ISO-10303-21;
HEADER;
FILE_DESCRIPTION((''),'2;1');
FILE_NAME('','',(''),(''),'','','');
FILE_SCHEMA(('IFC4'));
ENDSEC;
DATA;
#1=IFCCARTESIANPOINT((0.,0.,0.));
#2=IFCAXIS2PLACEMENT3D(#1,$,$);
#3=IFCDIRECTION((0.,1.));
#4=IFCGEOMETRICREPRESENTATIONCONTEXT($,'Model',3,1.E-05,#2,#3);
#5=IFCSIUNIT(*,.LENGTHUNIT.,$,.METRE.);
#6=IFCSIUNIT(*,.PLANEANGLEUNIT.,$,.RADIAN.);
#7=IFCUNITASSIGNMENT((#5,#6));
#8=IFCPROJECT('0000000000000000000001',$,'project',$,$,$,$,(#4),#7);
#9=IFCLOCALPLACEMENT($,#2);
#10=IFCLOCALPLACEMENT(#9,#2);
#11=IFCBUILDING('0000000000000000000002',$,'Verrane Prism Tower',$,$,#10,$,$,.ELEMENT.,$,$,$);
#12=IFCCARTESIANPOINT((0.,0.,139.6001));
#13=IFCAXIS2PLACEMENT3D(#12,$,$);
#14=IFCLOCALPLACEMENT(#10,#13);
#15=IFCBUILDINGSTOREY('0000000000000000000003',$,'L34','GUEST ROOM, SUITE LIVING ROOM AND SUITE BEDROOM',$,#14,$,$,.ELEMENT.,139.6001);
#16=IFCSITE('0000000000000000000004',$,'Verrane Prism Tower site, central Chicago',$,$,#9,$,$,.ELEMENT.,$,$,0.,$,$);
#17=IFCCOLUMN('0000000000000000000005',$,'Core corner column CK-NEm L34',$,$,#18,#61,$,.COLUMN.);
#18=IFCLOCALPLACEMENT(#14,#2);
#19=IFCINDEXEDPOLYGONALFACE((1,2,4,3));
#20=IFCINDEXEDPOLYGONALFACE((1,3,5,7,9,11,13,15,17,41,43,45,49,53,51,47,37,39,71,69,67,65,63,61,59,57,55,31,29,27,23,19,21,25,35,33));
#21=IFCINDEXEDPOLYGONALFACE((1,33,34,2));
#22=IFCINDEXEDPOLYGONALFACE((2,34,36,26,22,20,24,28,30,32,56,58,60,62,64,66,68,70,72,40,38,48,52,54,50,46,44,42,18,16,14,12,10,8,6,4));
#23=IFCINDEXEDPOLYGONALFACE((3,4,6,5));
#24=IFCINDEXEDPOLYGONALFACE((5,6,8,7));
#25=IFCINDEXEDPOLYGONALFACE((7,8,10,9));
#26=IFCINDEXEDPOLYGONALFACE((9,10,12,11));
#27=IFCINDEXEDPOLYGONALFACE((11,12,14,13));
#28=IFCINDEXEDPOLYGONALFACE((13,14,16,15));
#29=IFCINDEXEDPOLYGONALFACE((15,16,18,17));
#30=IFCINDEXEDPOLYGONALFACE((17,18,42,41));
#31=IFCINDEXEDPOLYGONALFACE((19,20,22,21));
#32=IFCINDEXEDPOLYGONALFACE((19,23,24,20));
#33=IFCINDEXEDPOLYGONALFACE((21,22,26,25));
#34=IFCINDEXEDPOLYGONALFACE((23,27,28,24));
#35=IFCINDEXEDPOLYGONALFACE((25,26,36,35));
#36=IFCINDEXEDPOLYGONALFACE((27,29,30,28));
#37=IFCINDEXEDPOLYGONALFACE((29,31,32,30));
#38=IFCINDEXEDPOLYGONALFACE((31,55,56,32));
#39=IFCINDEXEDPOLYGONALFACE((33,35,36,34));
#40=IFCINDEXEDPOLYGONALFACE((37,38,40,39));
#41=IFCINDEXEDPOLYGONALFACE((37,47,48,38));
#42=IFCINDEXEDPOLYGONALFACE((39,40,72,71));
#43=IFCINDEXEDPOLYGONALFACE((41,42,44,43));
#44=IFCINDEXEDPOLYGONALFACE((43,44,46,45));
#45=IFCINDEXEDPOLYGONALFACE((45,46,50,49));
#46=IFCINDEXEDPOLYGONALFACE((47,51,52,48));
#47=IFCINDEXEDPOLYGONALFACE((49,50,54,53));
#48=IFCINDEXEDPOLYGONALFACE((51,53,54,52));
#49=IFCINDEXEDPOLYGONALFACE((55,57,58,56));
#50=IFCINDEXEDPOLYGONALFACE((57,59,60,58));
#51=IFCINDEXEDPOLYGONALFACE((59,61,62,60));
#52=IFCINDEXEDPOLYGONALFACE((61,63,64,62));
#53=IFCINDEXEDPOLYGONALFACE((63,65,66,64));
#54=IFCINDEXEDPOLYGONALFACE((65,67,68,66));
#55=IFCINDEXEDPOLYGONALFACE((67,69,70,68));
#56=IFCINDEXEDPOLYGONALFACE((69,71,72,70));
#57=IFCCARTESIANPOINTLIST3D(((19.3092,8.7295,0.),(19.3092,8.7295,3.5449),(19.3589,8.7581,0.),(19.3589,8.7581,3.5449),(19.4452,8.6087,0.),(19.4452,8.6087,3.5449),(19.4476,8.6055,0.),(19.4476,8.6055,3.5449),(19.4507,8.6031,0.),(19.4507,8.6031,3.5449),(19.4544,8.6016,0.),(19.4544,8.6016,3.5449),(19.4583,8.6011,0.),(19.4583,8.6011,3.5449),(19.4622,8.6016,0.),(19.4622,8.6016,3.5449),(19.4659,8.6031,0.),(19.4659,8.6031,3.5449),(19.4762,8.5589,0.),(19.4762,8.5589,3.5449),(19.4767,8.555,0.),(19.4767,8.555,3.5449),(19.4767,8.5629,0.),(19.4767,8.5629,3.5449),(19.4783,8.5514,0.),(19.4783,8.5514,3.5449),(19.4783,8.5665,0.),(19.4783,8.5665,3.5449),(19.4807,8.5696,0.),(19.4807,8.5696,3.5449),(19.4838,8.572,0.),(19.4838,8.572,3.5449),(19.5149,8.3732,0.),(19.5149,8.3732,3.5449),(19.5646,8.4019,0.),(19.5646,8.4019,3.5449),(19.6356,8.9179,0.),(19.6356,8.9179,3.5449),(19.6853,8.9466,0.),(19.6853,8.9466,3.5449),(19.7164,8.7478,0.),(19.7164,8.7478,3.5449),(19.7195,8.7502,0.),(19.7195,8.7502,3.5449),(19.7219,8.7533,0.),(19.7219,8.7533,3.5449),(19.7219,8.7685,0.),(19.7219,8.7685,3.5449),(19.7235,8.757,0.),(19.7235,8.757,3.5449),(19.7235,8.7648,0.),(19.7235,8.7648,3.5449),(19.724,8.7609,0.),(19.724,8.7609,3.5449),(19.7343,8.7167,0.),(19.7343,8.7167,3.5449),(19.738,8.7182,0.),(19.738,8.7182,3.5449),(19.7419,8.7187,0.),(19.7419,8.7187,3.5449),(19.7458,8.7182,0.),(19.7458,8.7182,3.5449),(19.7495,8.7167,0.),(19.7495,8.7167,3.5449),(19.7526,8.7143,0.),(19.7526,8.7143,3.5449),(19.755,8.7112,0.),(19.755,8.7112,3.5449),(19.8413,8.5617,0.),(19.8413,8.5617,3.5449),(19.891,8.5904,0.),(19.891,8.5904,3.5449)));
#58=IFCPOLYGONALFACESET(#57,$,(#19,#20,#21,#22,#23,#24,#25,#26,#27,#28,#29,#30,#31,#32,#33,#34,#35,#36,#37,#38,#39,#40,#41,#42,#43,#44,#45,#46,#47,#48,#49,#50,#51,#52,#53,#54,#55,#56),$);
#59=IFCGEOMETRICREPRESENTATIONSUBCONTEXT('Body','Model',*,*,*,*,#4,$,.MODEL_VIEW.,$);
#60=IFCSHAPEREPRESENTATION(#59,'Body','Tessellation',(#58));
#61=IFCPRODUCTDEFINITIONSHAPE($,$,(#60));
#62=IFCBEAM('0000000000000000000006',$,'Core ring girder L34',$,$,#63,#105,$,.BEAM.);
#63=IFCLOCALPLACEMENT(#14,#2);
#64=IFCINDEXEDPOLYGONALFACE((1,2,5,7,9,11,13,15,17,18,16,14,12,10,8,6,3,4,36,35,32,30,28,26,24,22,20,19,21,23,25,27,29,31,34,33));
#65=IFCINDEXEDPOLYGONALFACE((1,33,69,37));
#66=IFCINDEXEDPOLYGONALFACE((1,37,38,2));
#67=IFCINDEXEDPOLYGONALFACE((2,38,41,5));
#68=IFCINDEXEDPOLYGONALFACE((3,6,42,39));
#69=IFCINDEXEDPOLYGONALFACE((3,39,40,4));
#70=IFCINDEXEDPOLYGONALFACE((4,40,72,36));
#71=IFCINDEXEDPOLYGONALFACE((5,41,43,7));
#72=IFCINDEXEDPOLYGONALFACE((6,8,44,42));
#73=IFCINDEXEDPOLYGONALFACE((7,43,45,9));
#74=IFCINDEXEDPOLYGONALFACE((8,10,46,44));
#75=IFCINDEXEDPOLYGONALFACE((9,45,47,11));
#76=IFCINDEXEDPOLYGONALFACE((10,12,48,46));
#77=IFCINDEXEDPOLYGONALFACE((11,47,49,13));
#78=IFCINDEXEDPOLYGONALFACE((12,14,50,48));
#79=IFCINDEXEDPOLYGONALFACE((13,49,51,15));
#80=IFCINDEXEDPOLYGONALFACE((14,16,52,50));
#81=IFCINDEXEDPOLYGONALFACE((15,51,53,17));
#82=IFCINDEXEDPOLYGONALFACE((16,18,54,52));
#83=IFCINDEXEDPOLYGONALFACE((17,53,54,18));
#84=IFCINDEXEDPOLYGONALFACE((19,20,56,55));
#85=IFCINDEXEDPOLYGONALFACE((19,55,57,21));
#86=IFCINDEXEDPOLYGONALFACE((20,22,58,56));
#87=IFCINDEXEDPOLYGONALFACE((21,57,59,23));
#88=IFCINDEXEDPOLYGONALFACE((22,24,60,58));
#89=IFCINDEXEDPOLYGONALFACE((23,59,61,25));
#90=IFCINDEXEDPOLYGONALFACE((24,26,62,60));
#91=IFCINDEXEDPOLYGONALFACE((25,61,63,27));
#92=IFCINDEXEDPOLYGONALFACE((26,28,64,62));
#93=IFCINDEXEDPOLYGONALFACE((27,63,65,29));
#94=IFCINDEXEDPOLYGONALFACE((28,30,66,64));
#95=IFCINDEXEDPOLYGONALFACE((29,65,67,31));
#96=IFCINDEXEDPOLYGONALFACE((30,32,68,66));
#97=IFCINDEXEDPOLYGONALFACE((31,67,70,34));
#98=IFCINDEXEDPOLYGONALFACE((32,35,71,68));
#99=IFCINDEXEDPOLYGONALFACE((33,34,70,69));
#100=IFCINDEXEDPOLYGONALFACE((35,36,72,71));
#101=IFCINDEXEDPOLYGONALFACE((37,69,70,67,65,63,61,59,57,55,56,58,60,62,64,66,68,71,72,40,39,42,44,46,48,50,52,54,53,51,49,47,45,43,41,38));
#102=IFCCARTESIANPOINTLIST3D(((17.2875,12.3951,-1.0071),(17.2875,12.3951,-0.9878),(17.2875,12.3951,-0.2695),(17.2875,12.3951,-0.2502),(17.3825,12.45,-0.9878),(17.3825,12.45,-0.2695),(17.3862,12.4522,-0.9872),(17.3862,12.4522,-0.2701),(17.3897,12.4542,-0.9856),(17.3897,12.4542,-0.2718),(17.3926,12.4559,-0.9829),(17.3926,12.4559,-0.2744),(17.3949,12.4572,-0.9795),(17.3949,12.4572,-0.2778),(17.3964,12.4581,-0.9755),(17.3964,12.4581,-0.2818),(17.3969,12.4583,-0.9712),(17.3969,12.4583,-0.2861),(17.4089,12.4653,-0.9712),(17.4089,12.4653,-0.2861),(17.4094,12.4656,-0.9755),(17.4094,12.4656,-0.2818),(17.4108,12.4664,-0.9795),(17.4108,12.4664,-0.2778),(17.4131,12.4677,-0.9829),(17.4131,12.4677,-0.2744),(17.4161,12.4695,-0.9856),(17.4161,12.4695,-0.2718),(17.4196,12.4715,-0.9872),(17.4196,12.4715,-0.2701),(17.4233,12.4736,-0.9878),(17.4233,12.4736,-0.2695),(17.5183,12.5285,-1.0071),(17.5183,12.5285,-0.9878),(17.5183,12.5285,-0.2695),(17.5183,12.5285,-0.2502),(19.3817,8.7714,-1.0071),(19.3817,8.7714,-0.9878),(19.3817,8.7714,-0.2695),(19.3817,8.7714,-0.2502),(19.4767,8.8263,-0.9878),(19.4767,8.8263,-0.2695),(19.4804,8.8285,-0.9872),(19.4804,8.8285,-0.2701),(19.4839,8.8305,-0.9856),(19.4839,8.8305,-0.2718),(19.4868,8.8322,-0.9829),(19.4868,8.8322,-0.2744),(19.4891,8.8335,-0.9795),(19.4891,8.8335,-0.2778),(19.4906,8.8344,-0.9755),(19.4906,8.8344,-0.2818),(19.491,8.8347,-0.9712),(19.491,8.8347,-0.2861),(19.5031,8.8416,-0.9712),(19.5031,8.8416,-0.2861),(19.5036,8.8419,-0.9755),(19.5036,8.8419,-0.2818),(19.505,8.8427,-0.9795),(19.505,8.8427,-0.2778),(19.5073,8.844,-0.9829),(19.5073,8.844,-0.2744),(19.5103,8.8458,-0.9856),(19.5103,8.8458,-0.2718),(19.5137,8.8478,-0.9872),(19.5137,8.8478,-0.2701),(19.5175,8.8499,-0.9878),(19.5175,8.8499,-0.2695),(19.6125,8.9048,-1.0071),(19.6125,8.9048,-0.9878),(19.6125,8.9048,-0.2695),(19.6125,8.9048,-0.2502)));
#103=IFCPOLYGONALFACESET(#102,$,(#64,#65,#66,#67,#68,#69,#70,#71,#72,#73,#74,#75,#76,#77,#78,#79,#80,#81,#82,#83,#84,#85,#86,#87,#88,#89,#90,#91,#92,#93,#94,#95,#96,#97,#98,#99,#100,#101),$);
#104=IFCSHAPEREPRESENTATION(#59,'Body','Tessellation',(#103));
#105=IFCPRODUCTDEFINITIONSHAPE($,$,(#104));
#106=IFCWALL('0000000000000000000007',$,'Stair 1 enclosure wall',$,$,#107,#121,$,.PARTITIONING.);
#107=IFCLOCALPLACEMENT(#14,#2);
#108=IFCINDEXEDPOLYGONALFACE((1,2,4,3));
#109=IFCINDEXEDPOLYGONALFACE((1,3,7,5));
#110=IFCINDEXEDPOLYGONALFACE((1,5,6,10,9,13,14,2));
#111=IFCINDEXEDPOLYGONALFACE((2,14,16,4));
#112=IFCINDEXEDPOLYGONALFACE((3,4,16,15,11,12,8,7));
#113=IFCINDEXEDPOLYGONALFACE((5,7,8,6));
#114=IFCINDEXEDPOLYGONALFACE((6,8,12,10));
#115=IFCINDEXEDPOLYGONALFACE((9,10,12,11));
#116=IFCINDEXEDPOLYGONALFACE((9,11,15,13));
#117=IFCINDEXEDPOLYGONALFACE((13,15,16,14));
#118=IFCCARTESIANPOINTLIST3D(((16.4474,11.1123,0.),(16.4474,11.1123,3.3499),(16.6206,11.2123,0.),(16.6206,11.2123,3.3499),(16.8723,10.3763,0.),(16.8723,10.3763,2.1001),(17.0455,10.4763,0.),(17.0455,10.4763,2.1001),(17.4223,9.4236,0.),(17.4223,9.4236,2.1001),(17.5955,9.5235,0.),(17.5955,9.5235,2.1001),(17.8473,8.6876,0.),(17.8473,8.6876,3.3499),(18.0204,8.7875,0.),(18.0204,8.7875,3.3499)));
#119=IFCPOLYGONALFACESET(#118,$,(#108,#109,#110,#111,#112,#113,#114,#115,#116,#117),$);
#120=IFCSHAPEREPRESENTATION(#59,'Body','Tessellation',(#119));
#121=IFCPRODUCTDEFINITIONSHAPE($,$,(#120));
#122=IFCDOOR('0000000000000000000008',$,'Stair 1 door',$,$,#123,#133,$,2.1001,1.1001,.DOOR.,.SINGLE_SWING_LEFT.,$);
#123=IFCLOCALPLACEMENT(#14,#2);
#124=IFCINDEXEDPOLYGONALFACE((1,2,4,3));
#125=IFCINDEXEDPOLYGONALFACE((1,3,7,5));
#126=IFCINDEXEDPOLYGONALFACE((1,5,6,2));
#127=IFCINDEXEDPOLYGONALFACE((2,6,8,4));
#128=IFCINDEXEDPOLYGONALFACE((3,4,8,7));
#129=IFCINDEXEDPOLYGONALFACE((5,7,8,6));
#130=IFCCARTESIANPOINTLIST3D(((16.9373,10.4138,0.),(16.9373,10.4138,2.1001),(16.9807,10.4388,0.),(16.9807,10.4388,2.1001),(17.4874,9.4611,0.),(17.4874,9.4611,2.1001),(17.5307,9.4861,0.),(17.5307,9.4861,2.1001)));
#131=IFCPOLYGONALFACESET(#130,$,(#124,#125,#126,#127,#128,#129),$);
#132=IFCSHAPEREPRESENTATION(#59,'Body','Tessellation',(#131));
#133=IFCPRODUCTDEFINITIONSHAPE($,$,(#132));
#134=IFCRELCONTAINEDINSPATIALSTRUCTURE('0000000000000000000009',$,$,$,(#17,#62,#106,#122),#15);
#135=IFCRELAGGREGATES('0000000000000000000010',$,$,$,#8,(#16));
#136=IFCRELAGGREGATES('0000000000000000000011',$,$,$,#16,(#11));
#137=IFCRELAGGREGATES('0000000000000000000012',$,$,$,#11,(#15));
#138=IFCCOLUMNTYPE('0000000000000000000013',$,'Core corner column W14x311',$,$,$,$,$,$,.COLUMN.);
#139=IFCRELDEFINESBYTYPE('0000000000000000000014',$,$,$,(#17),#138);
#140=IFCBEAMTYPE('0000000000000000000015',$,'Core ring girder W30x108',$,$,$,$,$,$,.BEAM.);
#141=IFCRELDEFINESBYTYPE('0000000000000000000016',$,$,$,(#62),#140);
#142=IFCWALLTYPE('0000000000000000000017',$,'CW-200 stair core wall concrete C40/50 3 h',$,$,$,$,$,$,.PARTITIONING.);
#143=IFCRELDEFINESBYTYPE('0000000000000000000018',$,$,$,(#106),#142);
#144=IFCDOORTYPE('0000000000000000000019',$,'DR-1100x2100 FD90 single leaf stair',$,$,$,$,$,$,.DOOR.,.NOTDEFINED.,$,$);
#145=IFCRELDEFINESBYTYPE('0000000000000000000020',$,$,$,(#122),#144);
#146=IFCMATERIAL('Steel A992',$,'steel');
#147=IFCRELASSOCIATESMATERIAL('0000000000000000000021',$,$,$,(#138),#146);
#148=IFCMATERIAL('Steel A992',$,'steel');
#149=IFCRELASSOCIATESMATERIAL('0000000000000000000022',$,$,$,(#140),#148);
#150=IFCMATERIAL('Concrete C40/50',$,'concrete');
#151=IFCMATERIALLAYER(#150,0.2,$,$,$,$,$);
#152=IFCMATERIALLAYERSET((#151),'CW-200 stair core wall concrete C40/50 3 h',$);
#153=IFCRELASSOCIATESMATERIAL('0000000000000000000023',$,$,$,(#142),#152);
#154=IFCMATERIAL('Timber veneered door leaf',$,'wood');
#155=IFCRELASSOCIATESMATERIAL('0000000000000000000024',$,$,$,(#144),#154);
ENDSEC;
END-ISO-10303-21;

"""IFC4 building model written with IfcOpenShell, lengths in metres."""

from ifc_helpers import new_model, si_unit, direction, frame, frame_2d, origin, origin_2d, place, context, subcontext, project, spatial, rectangle, i_section, extrude, material, layer, layer_set, material_profile, profile_set, type_object, element, fill, save


model = new_model("IFC4")

# Units and contexts
model_context = context("Model", 3, precision=1e-05, world=origin(), true_north=direction((0.0, 1.0)))
body_context = subcontext(model_context, "Body", "Model", "MODEL_VIEW")
ifc_project = project(units=[si_unit("LENGTHUNIT", "METRE"), si_unit("PLANEANGLEUNIT", "RADIAN")], contexts=[model_context])

# Site, building, storey
site_placement = place(None, origin())
site = spatial("IfcSite", under=ifc_project, at=site_placement, Name="Verrane Prism Tower site, central Chicago", CompositionType="ELEMENT", RefElevation=0.0)
building_placement = place(site_placement, origin())
building = spatial("IfcBuilding", under=site, at=building_placement, Name="Verrane Prism Tower", CompositionType="ELEMENT")
storey_placement = place(building_placement, frame((0.0, 0.0, 139.6001)))
storey = spatial("IfcBuildingStorey", under=building, at=storey_placement, Name="L34", Description="GUEST ROOM, SUITE LIVING ROOM AND SUITE BEDROOM", CompositionType="ELEMENT", Elevation=139.6001)

# Column
ifc_material_1 = material(Name="Steel A992", Category="steel")
ifc_material_profile_1 = material_profile(ifc_material_1, i_section(OverallWidth=0.4114, OverallDepth=0.4343, WebThickness=0.0359, FlangeThickness=0.0574, FilletRadius=0.0151, at=origin_2d()), Name="W14x311")
ifc_profile_set_1 = profile_set([ifc_material_profile_1], Name="Steel A992")
column_type = type_object("IfcColumnType", Name="Core corner column W14x311", PredefinedType="COLUMN", material=ifc_profile_set_1)
column_placement = place(storey_placement, frame((19.6001, 8.6599, 0.0), z_axis=(0.0, 0.0, 1.0), x_axis=(0.5, -0.866025, 0.0)))
element("IfcColumn", 1, at=column_placement, inside=storey, type_object=column_type, Name="Core corner column CK-NEm L34", PredefinedType="COLUMN", context=body_context, shape_type="SweptSolid", body=[
    extrude(i_section(OverallWidth=0.4114, OverallDepth=0.4343, WebThickness=0.0359, FlangeThickness=0.0574, FilletRadius=0.0151, at=origin_2d()), origin(), (0.0, 0.0, 1.0), 3.5449),
])

# Beam
ifc_material_2 = material(Name="Steel A992", Category="steel")
ifc_material_profile_2 = material_profile(ifc_material_2, i_section(OverallWidth=0.2666, OverallDepth=0.7568, WebThickness=0.0139, FlangeThickness=0.0193, FilletRadius=0.0166, at=origin_2d()), Name="W30x108")
ifc_profile_set_2 = profile_set([ifc_material_profile_2], Name="Steel A992")
beam_type = type_object("IfcBeamType", Name="Core ring girder W30x108", PredefinedType="BEAM", material=ifc_profile_set_2)
beam_placement = place(storey_placement, frame((19.4971, 8.8381, -0.6287), z_axis=(-0.500367, 0.865813, 0.0), x_axis=(-0.865813, -0.500367, 0.0)))
element("IfcBeam", 2, at=beam_placement, inside=storey, type_object=beam_type, Name="Core ring girder L34", PredefinedType="BEAM", context=body_context, shape_type="SweptSolid", body=[
    extrude(i_section(OverallWidth=0.2666, OverallDepth=0.7568, WebThickness=0.0139, FlangeThickness=0.0193, FilletRadius=0.0166, at=origin_2d()), origin(), (0.0, 0.0, 1.0), 4.1853),
])

# Wall, opening, door
ifc_material_3 = material(Name="Concrete C40/50", Category="concrete")
ifc_layer_1 = layer(ifc_material_3, 0.2)
ifc_layer_set_1 = layer_set([ifc_layer_1], Name="CW-200 stair core wall concrete C40/50 3 h")
wall_type_1 = type_object("IfcWallType", Name="CW-200 stair core wall concrete C40/50 3 h", PredefinedType="PARTITIONING", material=ifc_layer_set_1)
wall_1_placement = place(storey_placement, frame((17.9338, 8.7375, 0.0), z_axis=(0.0, 0.0, 1.0), x_axis=(-0.499984, 0.866035, 0.0)))
wall_1 = element("IfcWall", 3, at=wall_1_placement, inside=storey, type_object=wall_type_1, Name="Stair 1 enclosure wall", PredefinedType="PARTITIONING", context=body_context, shape_type="SweptSolid", body=[
    extrude(rectangle(XDim=2.7998, YDim=0.2, at=frame_2d((1.3999, 0.0))), origin(), (0.0, 0.0, 1.0), 3.3499),
])
opening_1_placement = place(wall_1_placement, frame((0.8499, 0.0, 0.0)))
opening_1 = element("IfcOpeningElement", 4, at=opening_1_placement, cuts=wall_1, PredefinedType="OPENING", context=body_context, shape_type="SweptSolid", body=[
    extrude(rectangle(XDim=1.1001, YDim=2.1001, at=frame_2d((0.55, 1.05))), frame((0.0, 0.1099, 0.0), z_axis=(0.0, -1.0, 0.0), x_axis=(1.0, 0.0, 0.0)), (0.0, 0.0, 1.0), 0.22),
])
ifc_material_4 = material(Name="Timber veneered door leaf", Category="wood")
door_type_1 = type_object("IfcDoorType", Name="DR-1100x2100 FD90 single leaf stair", OperationType="NOTDEFINED", PredefinedType="DOOR", material=ifc_material_4)
door_1_placement = place(opening_1_placement, origin())
door_1 = element("IfcDoor", 5, at=door_1_placement, inside=storey, type_object=door_type_1, Name="Stair 1 door", OperationType="SINGLE_SWING_LEFT", OverallHeight=2.1001, OverallWidth=1.1001, PredefinedType="DOOR", context=body_context, shape_type="SweptSolid", body=[
    extrude(rectangle(XDim=1.1001, YDim=2.1001, at=frame_2d((0.55, 1.05))), frame((0.0, 0.0249, 0.0), z_axis=(0.0, -1.0, 0.0), x_axis=(1.0, 0.0, 0.0)), (0.0, 0.0, 1.0), 0.05),
])
fill(opening_1, door_1)

save(model, "model.ifc")
